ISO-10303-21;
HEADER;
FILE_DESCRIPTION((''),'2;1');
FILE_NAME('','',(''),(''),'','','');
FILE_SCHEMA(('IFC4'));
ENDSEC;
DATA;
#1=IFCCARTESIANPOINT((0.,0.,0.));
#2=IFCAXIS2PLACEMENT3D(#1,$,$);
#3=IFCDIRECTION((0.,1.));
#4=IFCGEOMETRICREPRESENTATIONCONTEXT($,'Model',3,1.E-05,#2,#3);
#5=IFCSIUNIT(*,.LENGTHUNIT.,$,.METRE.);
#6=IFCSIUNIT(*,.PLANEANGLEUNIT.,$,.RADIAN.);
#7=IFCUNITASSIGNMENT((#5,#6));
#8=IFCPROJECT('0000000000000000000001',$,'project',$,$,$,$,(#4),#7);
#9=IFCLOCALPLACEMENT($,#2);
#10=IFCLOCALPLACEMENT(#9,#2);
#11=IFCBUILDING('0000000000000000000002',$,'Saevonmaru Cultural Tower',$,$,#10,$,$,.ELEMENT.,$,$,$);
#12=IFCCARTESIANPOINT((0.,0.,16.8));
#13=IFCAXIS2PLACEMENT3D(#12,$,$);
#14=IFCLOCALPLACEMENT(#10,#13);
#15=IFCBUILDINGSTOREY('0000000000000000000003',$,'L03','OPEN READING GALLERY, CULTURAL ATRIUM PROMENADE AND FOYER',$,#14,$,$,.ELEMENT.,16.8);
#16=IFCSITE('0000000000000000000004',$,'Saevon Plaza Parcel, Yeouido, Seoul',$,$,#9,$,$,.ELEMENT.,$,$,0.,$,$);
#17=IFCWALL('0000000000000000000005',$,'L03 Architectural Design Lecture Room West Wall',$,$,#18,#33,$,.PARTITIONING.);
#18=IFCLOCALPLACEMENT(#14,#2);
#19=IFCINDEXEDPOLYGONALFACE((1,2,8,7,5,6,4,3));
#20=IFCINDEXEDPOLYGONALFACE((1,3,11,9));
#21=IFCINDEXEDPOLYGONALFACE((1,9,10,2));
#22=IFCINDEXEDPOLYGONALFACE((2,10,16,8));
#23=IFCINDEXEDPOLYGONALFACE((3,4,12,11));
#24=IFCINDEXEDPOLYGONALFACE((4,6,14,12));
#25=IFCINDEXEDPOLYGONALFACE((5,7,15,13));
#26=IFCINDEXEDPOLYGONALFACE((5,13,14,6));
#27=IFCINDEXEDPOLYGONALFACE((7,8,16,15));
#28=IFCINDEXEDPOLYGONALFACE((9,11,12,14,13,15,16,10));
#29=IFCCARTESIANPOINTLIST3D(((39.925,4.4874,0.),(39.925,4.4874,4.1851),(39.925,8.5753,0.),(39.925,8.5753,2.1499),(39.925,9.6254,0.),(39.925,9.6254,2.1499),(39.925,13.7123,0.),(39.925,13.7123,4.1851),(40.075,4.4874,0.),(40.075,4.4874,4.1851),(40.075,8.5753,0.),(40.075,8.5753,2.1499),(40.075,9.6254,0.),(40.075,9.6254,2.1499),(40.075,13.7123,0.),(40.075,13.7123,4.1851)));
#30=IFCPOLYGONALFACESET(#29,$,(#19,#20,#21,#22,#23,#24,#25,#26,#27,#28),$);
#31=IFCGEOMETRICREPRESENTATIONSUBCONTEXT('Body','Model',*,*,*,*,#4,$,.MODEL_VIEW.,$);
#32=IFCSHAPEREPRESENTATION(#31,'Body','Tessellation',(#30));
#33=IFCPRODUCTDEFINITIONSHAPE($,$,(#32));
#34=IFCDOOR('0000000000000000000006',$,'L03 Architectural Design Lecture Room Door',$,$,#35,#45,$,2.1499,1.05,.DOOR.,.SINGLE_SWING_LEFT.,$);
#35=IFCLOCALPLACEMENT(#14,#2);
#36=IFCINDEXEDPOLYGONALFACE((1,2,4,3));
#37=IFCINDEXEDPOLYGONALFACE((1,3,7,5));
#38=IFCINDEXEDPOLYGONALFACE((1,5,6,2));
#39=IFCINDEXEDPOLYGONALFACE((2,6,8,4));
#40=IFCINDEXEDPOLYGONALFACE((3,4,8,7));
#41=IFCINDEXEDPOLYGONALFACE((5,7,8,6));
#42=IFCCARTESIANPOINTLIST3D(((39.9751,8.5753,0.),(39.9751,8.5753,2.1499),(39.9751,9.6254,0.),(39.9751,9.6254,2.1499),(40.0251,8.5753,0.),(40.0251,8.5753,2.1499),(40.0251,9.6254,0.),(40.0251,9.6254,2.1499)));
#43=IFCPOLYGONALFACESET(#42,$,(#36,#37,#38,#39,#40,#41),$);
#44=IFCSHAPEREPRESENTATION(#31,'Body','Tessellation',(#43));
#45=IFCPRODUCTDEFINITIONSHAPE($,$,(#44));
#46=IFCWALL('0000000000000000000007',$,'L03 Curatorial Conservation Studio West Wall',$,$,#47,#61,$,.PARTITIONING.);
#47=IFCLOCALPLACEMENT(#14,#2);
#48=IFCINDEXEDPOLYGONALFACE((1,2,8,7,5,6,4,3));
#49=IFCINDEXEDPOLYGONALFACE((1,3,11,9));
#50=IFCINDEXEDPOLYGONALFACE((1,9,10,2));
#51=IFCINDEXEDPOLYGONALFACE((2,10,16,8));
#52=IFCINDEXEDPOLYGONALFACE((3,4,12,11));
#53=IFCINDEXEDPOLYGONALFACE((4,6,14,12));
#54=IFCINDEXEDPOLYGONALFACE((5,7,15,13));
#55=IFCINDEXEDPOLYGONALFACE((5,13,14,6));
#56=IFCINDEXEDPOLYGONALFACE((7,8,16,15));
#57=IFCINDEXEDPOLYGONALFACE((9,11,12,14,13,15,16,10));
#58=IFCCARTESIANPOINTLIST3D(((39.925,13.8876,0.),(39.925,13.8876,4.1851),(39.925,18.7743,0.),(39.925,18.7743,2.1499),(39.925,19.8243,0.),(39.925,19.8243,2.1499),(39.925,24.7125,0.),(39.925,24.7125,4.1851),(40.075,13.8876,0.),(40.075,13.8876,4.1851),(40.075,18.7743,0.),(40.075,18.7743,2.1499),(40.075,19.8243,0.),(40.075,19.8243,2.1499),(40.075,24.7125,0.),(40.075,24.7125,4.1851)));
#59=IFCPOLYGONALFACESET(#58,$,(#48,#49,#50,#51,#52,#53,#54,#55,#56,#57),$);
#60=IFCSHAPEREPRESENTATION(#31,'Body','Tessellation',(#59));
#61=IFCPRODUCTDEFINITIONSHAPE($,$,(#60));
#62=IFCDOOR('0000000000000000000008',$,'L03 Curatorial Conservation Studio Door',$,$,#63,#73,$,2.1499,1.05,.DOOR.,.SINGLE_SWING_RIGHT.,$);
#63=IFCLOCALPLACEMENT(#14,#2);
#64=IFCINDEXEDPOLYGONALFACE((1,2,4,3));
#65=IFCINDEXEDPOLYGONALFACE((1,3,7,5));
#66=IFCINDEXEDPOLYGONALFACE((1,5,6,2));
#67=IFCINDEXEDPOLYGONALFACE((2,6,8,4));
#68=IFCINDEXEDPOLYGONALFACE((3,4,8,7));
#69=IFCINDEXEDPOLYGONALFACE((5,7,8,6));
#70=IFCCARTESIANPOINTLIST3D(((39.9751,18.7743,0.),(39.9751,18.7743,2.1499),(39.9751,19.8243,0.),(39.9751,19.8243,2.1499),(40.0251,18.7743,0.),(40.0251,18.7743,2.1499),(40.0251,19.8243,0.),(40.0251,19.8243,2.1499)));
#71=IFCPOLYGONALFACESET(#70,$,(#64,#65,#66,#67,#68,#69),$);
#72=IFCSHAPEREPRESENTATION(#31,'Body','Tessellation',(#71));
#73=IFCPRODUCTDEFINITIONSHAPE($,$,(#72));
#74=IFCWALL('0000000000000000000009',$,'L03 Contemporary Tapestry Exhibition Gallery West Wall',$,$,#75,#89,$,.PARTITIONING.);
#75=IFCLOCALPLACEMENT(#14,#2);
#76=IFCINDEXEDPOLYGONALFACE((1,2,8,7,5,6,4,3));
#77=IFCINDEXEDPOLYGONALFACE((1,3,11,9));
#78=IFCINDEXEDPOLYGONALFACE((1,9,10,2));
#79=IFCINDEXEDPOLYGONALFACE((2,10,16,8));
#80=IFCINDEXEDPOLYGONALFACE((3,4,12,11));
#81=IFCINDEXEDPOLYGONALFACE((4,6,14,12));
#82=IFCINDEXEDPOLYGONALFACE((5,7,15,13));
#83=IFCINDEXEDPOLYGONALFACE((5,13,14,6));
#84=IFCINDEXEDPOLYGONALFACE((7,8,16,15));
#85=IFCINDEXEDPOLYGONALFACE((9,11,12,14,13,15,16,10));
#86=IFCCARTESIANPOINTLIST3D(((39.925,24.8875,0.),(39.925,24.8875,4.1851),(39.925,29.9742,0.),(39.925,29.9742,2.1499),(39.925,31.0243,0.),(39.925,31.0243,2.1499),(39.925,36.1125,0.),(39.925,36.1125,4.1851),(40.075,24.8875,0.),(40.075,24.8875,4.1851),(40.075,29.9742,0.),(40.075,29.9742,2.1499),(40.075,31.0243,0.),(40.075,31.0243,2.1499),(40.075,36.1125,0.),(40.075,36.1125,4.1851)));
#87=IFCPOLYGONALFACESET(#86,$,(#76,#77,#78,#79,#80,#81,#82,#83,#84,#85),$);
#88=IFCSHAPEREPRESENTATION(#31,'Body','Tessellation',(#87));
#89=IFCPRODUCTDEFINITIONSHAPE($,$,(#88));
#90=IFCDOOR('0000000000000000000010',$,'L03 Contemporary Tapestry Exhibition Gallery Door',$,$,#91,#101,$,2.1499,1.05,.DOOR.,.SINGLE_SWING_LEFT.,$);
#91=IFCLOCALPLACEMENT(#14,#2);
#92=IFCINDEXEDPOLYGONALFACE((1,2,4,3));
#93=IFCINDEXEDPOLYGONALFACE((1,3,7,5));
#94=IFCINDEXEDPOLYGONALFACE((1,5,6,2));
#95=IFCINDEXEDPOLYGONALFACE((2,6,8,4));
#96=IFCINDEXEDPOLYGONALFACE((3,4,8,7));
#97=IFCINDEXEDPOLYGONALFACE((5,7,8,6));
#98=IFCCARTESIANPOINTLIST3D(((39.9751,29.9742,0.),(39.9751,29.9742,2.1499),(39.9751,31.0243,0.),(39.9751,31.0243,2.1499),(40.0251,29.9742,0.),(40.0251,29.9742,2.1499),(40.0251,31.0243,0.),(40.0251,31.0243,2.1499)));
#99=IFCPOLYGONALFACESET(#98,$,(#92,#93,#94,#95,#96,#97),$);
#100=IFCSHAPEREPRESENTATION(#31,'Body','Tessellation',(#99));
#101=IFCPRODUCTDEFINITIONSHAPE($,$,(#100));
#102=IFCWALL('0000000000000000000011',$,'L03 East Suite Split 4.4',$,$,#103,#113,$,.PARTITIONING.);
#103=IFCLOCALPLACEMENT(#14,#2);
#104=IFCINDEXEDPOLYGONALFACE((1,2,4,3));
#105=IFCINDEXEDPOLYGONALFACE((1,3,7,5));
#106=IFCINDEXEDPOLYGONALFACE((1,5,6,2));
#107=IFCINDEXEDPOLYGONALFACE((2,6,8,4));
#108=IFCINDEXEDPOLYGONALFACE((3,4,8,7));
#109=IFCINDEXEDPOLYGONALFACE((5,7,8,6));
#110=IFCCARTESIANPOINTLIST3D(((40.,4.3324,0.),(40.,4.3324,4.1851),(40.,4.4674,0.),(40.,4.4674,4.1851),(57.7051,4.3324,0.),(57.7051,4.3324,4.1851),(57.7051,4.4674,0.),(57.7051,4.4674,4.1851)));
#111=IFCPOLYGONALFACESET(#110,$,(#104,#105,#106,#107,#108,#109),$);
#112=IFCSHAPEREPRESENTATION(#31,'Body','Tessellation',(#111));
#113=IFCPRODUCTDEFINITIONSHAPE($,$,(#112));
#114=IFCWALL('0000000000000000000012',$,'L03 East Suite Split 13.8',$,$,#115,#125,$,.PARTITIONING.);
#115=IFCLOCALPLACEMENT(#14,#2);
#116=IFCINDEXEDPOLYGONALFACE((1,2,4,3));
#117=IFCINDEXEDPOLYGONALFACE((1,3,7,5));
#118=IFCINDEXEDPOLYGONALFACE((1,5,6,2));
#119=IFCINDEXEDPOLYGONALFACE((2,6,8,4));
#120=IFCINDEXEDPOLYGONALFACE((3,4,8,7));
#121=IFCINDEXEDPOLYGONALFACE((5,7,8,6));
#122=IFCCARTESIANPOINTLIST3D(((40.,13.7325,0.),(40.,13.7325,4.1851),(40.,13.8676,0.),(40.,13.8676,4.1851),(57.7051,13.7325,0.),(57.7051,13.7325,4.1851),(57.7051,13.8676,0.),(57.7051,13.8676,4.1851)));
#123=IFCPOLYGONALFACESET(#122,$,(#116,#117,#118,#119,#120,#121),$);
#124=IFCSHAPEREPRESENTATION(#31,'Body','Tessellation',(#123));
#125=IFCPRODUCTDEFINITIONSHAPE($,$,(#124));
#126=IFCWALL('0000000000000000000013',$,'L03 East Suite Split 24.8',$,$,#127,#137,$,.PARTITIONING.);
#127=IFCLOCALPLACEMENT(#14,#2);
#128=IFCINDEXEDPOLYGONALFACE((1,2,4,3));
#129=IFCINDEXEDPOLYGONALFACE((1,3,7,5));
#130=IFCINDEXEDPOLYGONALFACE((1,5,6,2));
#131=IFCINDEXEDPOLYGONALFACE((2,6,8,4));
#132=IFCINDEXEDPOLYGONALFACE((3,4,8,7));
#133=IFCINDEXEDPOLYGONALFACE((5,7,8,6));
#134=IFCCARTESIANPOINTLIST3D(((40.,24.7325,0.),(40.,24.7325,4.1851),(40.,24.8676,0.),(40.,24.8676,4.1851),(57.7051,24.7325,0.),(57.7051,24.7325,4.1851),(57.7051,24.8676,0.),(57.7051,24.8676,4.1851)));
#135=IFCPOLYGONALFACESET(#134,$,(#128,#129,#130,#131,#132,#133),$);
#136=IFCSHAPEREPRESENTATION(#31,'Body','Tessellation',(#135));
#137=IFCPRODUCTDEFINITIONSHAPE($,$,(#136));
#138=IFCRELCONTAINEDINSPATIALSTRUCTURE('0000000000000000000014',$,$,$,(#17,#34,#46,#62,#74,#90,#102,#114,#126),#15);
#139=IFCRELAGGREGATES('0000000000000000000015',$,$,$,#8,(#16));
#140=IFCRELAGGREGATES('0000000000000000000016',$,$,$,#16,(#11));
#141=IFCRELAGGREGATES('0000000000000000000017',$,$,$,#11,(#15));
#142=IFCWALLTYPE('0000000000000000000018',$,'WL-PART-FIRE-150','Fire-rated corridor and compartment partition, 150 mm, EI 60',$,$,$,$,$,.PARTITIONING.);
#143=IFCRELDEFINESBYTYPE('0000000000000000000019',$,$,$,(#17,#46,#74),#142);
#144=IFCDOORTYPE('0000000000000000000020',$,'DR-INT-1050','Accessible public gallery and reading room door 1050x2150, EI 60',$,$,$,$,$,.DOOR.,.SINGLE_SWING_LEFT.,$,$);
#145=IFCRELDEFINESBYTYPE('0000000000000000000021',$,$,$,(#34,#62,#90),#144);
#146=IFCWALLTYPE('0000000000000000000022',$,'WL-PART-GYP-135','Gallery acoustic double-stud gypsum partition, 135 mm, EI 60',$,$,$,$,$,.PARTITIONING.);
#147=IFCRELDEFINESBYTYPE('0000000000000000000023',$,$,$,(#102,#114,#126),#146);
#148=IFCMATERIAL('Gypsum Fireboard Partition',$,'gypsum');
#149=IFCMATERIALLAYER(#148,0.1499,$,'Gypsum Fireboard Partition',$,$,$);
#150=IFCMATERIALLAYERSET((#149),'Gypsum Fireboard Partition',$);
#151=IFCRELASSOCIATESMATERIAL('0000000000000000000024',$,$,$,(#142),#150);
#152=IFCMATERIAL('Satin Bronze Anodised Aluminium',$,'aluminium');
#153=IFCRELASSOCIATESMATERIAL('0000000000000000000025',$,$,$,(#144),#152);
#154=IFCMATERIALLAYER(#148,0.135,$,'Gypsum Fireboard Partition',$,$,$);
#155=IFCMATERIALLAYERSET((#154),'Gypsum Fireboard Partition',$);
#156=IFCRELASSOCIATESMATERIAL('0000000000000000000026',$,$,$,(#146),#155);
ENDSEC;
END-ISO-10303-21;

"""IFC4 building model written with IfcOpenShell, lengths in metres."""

from ifc_helpers import new_model, si_unit, direction, frame, frame_2d, origin, place, context, subcontext, project, spatial, rectangle, extrude, material, layer, layer_set, type_object, element, fill, save


model = new_model("IFC4")

# Units and contexts
model_context = context("Model", 3, precision=1e-05, world=origin(), true_north=direction((0.0, 1.0)))
body_context = subcontext(model_context, "Body", "Model", "MODEL_VIEW")
ifc_project = project(units=[si_unit("LENGTHUNIT", "METRE"), si_unit("PLANEANGLEUNIT", "RADIAN")], contexts=[model_context])

# Site, building, storey
site_placement = place(None, origin())
site = spatial("IfcSite", under=ifc_project, at=site_placement, Name="Saevon Plaza Parcel, Yeouido, Seoul", CompositionType="ELEMENT", RefElevation=0.0)
building_placement = place(site_placement, origin())
building = spatial("IfcBuilding", under=site, at=building_placement, Name="Saevonmaru Cultural Tower", CompositionType="ELEMENT")
storey_placement = place(building_placement, frame((0.0, 0.0, 16.8)))
storey = spatial("IfcBuildingStorey", under=building, at=storey_placement, Name="L03", Description="OPEN READING GALLERY, CULTURAL ATRIUM PROMENADE AND FOYER", CompositionType="ELEMENT", Elevation=16.8)

# Shared definitions
ifc_material_1 = material(Name="Satin Bronze Anodised Aluminium", Category="aluminium")

# Walls, openings, doors
ifc_material_2 = material(Name="Gypsum Fireboard Partition", Category="gypsum")
ifc_layer_1 = layer(ifc_material_2, 0.1499, Name="Gypsum Fireboard Partition")
ifc_layer_set_1 = layer_set([ifc_layer_1], Name="Gypsum Fireboard Partition")
wall_type_1 = type_object("IfcWallType", Name="WL-PART-FIRE-150", Description="Fire-rated corridor and compartment partition, 150 mm, EI 60", PredefinedType="PARTITIONING", material=ifc_layer_set_1)
wall_1_placement = place(storey_placement, frame((40.0, 4.4875, 0.0), z_axis=(0.0, 0.0, 1.0), x_axis=(0.0, 1.0, 0.0)))
wall_1 = element("IfcWall", 1, at=wall_1_placement, inside=storey, type_object=wall_type_1, Name="L03 Architectural Design Lecture Room West Wall", PredefinedType="PARTITIONING", context=body_context, shape_type="SweptSolid", body=[
    extrude(rectangle(XDim=9.2249, YDim=0.1499, at=frame_2d((4.6123, 0.0))), origin(), (0.0, 0.0, 1.0), 4.1851),
])
opening_1_placement = place(wall_1_placement, frame((4.0879, 0.0, 0.0)))
opening_1 = element("IfcOpeningElement", 2, at=opening_1_placement, cuts=wall_1, PredefinedType="OPENING", context=body_context, shape_type="SweptSolid", body=[
    extrude(rectangle(XDim=1.05, YDim=2.1499, at=frame_2d((0.5249, 1.075))), frame((0.0, 0.085, 0.0), z_axis=(0.0, -1.0, 0.0), x_axis=(1.0, 0.0, 0.0)), (0.0, 0.0, 1.0), 0.1699),
])
door_type = type_object("IfcDoorType", Name="DR-INT-1050", Description="Accessible public gallery and reading room door 1050x2150, EI 60", OperationType="SINGLE_SWING_LEFT", PredefinedType="DOOR", material=ifc_material_1)
door_1_placement = place(opening_1_placement, origin())
door_1 = element("IfcDoor", 3, at=door_1_placement, inside=storey, type_object=door_type, Name="L03 Architectural Design Lecture Room Door", OperationType="SINGLE_SWING_LEFT", OverallHeight=2.1499, OverallWidth=1.05, PredefinedType="DOOR", context=body_context, shape_type="SweptSolid", body=[
    extrude(rectangle(XDim=1.05, YDim=2.1499, at=frame_2d((0.5249, 1.075))), frame((0.0, 0.0249, 0.0), z_axis=(0.0, -1.0, 0.0), x_axis=(1.0, 0.0, 0.0)), (0.0, 0.0, 1.0), 0.05),
])
fill(opening_1, door_1)
wall_2_placement = place(storey_placement, frame((40.0, 13.8875, 0.0), z_axis=(0.0, 0.0, 1.0), x_axis=(0.0, 1.0, 0.0)))
wall_2 = element("IfcWall", 4, at=wall_2_placement, inside=storey, type_object=wall_type_1, Name="L03 Curatorial Conservation Studio West Wall", PredefinedType="PARTITIONING", context=body_context, shape_type="SweptSolid", body=[
    extrude(rectangle(XDim=10.825, YDim=0.1499, at=frame_2d((5.4126, 0.0))), origin(), (0.0, 0.0, 1.0), 4.1851),
])
opening_2_placement = place(wall_2_placement, frame((4.887, 0.0, 0.0)))
opening_2 = element("IfcOpeningElement", 5, at=opening_2_placement, cuts=wall_2, PredefinedType="OPENING", context=body_context, shape_type="SweptSolid", body=[
    extrude(rectangle(XDim=1.05, YDim=2.1499, at=frame_2d((0.5249, 1.075))), frame((0.0, 0.085, 0.0), z_axis=(0.0, -1.0, 0.0), x_axis=(1.0, 0.0, 0.0)), (0.0, 0.0, 1.0), 0.1699),
])
door_2_placement = place(opening_2_placement, origin())
door_2 = element("IfcDoor", 6, at=door_2_placement, inside=storey, type_object=door_type, Name="L03 Curatorial Conservation Studio Door", OperationType="SINGLE_SWING_RIGHT", OverallHeight=2.1499, OverallWidth=1.05, PredefinedType="DOOR", context=body_context, shape_type="SweptSolid", body=[
    extrude(rectangle(XDim=1.05, YDim=2.1499, at=frame_2d((0.5249, 1.075))), frame((0.0, 0.0249, 0.0), z_axis=(0.0, -1.0, 0.0), x_axis=(1.0, 0.0, 0.0)), (0.0, 0.0, 1.0), 0.05),
])
fill(opening_2, door_2)
wall_3_placement = place(storey_placement, frame((40.0, 24.8875, 0.0), z_axis=(0.0, 0.0, 1.0), x_axis=(0.0, 1.0, 0.0)))
wall_3 = element("IfcWall", 7, at=wall_3_placement, inside=storey, type_object=wall_type_1, Name="L03 Contemporary Tapestry Exhibition Gallery West Wall", PredefinedType="PARTITIONING", context=body_context, shape_type="SweptSolid", body=[
    extrude(rectangle(XDim=11.2251, YDim=0.1499, at=frame_2d((5.6125, 0.0))), origin(), (0.0, 0.0, 1.0), 4.1851),
])
opening_3_placement = place(wall_3_placement, frame((5.0869, 0.0, 0.0)))
opening_3 = element("IfcOpeningElement", 8, at=opening_3_placement, cuts=wall_3, PredefinedType="OPENING", context=body_context, shape_type="SweptSolid", body=[
    extrude(rectangle(XDim=1.05, YDim=2.1499, at=frame_2d((0.5249, 1.075))), frame((0.0, 0.085, 0.0), z_axis=(0.0, -1.0, 0.0), x_axis=(1.0, 0.0, 0.0)), (0.0, 0.0, 1.0), 0.1699),
])
door_3_placement = place(opening_3_placement, origin())
door_3 = element("IfcDoor", 9, at=door_3_placement, inside=storey, type_object=door_type, Name="L03 Contemporary Tapestry Exhibition Gallery Door", OperationType="SINGLE_SWING_LEFT", OverallHeight=2.1499, OverallWidth=1.05, PredefinedType="DOOR", context=body_context, shape_type="SweptSolid", body=[
    extrude(rectangle(XDim=1.05, YDim=2.1499, at=frame_2d((0.5249, 1.075))), frame((0.0, 0.0249, 0.0), z_axis=(0.0, -1.0, 0.0), x_axis=(1.0, 0.0, 0.0)), (0.0, 0.0, 1.0), 0.05),
])
fill(opening_3, door_3)

# Walls
ifc_layer_2 = layer(ifc_material_2, 0.135, Name="Gypsum Fireboard Partition")
ifc_layer_set_2 = layer_set([ifc_layer_2], Name="Gypsum Fireboard Partition")
wall_type_2 = type_object("IfcWallType", Name="WL-PART-GYP-135", Description="Gallery acoustic double-stud gypsum partition, 135 mm, EI 60", PredefinedType="PARTITIONING", material=ifc_layer_set_2)
for number, where, z_axis, x_axis, name in (
    (10, (40.0, 4.3999, 0.0), (0.0, 0.0, 1.0), (1.0, 0.0, 0.0), "L03 East Suite Split 4.4"),
    (11, (40.0, 13.8, 0.0), (0.0, 0.0, 1.0), (1.0, 0.0, 0.0), "L03 East Suite Split 13.8"),
    (12, (40.0, 24.8, 0.0), (0.0, 0.0, 1.0), (1.0, 0.0, 0.0), "L03 East Suite Split 24.8"),
):
    element("IfcWall", number, at=place(storey_placement, frame(where, z_axis=z_axis, x_axis=x_axis)), inside=storey, type_object=wall_type_2, Name=name, PredefinedType="PARTITIONING", context=body_context, shape_type="SweptSolid", body=[
        extrude(rectangle(XDim=17.7051, YDim=0.135, at=frame_2d((8.8525, 0.0))), origin(), (0.0, 0.0, 1.0), 4.1851),
    ])

save(model, "model.ifc")
